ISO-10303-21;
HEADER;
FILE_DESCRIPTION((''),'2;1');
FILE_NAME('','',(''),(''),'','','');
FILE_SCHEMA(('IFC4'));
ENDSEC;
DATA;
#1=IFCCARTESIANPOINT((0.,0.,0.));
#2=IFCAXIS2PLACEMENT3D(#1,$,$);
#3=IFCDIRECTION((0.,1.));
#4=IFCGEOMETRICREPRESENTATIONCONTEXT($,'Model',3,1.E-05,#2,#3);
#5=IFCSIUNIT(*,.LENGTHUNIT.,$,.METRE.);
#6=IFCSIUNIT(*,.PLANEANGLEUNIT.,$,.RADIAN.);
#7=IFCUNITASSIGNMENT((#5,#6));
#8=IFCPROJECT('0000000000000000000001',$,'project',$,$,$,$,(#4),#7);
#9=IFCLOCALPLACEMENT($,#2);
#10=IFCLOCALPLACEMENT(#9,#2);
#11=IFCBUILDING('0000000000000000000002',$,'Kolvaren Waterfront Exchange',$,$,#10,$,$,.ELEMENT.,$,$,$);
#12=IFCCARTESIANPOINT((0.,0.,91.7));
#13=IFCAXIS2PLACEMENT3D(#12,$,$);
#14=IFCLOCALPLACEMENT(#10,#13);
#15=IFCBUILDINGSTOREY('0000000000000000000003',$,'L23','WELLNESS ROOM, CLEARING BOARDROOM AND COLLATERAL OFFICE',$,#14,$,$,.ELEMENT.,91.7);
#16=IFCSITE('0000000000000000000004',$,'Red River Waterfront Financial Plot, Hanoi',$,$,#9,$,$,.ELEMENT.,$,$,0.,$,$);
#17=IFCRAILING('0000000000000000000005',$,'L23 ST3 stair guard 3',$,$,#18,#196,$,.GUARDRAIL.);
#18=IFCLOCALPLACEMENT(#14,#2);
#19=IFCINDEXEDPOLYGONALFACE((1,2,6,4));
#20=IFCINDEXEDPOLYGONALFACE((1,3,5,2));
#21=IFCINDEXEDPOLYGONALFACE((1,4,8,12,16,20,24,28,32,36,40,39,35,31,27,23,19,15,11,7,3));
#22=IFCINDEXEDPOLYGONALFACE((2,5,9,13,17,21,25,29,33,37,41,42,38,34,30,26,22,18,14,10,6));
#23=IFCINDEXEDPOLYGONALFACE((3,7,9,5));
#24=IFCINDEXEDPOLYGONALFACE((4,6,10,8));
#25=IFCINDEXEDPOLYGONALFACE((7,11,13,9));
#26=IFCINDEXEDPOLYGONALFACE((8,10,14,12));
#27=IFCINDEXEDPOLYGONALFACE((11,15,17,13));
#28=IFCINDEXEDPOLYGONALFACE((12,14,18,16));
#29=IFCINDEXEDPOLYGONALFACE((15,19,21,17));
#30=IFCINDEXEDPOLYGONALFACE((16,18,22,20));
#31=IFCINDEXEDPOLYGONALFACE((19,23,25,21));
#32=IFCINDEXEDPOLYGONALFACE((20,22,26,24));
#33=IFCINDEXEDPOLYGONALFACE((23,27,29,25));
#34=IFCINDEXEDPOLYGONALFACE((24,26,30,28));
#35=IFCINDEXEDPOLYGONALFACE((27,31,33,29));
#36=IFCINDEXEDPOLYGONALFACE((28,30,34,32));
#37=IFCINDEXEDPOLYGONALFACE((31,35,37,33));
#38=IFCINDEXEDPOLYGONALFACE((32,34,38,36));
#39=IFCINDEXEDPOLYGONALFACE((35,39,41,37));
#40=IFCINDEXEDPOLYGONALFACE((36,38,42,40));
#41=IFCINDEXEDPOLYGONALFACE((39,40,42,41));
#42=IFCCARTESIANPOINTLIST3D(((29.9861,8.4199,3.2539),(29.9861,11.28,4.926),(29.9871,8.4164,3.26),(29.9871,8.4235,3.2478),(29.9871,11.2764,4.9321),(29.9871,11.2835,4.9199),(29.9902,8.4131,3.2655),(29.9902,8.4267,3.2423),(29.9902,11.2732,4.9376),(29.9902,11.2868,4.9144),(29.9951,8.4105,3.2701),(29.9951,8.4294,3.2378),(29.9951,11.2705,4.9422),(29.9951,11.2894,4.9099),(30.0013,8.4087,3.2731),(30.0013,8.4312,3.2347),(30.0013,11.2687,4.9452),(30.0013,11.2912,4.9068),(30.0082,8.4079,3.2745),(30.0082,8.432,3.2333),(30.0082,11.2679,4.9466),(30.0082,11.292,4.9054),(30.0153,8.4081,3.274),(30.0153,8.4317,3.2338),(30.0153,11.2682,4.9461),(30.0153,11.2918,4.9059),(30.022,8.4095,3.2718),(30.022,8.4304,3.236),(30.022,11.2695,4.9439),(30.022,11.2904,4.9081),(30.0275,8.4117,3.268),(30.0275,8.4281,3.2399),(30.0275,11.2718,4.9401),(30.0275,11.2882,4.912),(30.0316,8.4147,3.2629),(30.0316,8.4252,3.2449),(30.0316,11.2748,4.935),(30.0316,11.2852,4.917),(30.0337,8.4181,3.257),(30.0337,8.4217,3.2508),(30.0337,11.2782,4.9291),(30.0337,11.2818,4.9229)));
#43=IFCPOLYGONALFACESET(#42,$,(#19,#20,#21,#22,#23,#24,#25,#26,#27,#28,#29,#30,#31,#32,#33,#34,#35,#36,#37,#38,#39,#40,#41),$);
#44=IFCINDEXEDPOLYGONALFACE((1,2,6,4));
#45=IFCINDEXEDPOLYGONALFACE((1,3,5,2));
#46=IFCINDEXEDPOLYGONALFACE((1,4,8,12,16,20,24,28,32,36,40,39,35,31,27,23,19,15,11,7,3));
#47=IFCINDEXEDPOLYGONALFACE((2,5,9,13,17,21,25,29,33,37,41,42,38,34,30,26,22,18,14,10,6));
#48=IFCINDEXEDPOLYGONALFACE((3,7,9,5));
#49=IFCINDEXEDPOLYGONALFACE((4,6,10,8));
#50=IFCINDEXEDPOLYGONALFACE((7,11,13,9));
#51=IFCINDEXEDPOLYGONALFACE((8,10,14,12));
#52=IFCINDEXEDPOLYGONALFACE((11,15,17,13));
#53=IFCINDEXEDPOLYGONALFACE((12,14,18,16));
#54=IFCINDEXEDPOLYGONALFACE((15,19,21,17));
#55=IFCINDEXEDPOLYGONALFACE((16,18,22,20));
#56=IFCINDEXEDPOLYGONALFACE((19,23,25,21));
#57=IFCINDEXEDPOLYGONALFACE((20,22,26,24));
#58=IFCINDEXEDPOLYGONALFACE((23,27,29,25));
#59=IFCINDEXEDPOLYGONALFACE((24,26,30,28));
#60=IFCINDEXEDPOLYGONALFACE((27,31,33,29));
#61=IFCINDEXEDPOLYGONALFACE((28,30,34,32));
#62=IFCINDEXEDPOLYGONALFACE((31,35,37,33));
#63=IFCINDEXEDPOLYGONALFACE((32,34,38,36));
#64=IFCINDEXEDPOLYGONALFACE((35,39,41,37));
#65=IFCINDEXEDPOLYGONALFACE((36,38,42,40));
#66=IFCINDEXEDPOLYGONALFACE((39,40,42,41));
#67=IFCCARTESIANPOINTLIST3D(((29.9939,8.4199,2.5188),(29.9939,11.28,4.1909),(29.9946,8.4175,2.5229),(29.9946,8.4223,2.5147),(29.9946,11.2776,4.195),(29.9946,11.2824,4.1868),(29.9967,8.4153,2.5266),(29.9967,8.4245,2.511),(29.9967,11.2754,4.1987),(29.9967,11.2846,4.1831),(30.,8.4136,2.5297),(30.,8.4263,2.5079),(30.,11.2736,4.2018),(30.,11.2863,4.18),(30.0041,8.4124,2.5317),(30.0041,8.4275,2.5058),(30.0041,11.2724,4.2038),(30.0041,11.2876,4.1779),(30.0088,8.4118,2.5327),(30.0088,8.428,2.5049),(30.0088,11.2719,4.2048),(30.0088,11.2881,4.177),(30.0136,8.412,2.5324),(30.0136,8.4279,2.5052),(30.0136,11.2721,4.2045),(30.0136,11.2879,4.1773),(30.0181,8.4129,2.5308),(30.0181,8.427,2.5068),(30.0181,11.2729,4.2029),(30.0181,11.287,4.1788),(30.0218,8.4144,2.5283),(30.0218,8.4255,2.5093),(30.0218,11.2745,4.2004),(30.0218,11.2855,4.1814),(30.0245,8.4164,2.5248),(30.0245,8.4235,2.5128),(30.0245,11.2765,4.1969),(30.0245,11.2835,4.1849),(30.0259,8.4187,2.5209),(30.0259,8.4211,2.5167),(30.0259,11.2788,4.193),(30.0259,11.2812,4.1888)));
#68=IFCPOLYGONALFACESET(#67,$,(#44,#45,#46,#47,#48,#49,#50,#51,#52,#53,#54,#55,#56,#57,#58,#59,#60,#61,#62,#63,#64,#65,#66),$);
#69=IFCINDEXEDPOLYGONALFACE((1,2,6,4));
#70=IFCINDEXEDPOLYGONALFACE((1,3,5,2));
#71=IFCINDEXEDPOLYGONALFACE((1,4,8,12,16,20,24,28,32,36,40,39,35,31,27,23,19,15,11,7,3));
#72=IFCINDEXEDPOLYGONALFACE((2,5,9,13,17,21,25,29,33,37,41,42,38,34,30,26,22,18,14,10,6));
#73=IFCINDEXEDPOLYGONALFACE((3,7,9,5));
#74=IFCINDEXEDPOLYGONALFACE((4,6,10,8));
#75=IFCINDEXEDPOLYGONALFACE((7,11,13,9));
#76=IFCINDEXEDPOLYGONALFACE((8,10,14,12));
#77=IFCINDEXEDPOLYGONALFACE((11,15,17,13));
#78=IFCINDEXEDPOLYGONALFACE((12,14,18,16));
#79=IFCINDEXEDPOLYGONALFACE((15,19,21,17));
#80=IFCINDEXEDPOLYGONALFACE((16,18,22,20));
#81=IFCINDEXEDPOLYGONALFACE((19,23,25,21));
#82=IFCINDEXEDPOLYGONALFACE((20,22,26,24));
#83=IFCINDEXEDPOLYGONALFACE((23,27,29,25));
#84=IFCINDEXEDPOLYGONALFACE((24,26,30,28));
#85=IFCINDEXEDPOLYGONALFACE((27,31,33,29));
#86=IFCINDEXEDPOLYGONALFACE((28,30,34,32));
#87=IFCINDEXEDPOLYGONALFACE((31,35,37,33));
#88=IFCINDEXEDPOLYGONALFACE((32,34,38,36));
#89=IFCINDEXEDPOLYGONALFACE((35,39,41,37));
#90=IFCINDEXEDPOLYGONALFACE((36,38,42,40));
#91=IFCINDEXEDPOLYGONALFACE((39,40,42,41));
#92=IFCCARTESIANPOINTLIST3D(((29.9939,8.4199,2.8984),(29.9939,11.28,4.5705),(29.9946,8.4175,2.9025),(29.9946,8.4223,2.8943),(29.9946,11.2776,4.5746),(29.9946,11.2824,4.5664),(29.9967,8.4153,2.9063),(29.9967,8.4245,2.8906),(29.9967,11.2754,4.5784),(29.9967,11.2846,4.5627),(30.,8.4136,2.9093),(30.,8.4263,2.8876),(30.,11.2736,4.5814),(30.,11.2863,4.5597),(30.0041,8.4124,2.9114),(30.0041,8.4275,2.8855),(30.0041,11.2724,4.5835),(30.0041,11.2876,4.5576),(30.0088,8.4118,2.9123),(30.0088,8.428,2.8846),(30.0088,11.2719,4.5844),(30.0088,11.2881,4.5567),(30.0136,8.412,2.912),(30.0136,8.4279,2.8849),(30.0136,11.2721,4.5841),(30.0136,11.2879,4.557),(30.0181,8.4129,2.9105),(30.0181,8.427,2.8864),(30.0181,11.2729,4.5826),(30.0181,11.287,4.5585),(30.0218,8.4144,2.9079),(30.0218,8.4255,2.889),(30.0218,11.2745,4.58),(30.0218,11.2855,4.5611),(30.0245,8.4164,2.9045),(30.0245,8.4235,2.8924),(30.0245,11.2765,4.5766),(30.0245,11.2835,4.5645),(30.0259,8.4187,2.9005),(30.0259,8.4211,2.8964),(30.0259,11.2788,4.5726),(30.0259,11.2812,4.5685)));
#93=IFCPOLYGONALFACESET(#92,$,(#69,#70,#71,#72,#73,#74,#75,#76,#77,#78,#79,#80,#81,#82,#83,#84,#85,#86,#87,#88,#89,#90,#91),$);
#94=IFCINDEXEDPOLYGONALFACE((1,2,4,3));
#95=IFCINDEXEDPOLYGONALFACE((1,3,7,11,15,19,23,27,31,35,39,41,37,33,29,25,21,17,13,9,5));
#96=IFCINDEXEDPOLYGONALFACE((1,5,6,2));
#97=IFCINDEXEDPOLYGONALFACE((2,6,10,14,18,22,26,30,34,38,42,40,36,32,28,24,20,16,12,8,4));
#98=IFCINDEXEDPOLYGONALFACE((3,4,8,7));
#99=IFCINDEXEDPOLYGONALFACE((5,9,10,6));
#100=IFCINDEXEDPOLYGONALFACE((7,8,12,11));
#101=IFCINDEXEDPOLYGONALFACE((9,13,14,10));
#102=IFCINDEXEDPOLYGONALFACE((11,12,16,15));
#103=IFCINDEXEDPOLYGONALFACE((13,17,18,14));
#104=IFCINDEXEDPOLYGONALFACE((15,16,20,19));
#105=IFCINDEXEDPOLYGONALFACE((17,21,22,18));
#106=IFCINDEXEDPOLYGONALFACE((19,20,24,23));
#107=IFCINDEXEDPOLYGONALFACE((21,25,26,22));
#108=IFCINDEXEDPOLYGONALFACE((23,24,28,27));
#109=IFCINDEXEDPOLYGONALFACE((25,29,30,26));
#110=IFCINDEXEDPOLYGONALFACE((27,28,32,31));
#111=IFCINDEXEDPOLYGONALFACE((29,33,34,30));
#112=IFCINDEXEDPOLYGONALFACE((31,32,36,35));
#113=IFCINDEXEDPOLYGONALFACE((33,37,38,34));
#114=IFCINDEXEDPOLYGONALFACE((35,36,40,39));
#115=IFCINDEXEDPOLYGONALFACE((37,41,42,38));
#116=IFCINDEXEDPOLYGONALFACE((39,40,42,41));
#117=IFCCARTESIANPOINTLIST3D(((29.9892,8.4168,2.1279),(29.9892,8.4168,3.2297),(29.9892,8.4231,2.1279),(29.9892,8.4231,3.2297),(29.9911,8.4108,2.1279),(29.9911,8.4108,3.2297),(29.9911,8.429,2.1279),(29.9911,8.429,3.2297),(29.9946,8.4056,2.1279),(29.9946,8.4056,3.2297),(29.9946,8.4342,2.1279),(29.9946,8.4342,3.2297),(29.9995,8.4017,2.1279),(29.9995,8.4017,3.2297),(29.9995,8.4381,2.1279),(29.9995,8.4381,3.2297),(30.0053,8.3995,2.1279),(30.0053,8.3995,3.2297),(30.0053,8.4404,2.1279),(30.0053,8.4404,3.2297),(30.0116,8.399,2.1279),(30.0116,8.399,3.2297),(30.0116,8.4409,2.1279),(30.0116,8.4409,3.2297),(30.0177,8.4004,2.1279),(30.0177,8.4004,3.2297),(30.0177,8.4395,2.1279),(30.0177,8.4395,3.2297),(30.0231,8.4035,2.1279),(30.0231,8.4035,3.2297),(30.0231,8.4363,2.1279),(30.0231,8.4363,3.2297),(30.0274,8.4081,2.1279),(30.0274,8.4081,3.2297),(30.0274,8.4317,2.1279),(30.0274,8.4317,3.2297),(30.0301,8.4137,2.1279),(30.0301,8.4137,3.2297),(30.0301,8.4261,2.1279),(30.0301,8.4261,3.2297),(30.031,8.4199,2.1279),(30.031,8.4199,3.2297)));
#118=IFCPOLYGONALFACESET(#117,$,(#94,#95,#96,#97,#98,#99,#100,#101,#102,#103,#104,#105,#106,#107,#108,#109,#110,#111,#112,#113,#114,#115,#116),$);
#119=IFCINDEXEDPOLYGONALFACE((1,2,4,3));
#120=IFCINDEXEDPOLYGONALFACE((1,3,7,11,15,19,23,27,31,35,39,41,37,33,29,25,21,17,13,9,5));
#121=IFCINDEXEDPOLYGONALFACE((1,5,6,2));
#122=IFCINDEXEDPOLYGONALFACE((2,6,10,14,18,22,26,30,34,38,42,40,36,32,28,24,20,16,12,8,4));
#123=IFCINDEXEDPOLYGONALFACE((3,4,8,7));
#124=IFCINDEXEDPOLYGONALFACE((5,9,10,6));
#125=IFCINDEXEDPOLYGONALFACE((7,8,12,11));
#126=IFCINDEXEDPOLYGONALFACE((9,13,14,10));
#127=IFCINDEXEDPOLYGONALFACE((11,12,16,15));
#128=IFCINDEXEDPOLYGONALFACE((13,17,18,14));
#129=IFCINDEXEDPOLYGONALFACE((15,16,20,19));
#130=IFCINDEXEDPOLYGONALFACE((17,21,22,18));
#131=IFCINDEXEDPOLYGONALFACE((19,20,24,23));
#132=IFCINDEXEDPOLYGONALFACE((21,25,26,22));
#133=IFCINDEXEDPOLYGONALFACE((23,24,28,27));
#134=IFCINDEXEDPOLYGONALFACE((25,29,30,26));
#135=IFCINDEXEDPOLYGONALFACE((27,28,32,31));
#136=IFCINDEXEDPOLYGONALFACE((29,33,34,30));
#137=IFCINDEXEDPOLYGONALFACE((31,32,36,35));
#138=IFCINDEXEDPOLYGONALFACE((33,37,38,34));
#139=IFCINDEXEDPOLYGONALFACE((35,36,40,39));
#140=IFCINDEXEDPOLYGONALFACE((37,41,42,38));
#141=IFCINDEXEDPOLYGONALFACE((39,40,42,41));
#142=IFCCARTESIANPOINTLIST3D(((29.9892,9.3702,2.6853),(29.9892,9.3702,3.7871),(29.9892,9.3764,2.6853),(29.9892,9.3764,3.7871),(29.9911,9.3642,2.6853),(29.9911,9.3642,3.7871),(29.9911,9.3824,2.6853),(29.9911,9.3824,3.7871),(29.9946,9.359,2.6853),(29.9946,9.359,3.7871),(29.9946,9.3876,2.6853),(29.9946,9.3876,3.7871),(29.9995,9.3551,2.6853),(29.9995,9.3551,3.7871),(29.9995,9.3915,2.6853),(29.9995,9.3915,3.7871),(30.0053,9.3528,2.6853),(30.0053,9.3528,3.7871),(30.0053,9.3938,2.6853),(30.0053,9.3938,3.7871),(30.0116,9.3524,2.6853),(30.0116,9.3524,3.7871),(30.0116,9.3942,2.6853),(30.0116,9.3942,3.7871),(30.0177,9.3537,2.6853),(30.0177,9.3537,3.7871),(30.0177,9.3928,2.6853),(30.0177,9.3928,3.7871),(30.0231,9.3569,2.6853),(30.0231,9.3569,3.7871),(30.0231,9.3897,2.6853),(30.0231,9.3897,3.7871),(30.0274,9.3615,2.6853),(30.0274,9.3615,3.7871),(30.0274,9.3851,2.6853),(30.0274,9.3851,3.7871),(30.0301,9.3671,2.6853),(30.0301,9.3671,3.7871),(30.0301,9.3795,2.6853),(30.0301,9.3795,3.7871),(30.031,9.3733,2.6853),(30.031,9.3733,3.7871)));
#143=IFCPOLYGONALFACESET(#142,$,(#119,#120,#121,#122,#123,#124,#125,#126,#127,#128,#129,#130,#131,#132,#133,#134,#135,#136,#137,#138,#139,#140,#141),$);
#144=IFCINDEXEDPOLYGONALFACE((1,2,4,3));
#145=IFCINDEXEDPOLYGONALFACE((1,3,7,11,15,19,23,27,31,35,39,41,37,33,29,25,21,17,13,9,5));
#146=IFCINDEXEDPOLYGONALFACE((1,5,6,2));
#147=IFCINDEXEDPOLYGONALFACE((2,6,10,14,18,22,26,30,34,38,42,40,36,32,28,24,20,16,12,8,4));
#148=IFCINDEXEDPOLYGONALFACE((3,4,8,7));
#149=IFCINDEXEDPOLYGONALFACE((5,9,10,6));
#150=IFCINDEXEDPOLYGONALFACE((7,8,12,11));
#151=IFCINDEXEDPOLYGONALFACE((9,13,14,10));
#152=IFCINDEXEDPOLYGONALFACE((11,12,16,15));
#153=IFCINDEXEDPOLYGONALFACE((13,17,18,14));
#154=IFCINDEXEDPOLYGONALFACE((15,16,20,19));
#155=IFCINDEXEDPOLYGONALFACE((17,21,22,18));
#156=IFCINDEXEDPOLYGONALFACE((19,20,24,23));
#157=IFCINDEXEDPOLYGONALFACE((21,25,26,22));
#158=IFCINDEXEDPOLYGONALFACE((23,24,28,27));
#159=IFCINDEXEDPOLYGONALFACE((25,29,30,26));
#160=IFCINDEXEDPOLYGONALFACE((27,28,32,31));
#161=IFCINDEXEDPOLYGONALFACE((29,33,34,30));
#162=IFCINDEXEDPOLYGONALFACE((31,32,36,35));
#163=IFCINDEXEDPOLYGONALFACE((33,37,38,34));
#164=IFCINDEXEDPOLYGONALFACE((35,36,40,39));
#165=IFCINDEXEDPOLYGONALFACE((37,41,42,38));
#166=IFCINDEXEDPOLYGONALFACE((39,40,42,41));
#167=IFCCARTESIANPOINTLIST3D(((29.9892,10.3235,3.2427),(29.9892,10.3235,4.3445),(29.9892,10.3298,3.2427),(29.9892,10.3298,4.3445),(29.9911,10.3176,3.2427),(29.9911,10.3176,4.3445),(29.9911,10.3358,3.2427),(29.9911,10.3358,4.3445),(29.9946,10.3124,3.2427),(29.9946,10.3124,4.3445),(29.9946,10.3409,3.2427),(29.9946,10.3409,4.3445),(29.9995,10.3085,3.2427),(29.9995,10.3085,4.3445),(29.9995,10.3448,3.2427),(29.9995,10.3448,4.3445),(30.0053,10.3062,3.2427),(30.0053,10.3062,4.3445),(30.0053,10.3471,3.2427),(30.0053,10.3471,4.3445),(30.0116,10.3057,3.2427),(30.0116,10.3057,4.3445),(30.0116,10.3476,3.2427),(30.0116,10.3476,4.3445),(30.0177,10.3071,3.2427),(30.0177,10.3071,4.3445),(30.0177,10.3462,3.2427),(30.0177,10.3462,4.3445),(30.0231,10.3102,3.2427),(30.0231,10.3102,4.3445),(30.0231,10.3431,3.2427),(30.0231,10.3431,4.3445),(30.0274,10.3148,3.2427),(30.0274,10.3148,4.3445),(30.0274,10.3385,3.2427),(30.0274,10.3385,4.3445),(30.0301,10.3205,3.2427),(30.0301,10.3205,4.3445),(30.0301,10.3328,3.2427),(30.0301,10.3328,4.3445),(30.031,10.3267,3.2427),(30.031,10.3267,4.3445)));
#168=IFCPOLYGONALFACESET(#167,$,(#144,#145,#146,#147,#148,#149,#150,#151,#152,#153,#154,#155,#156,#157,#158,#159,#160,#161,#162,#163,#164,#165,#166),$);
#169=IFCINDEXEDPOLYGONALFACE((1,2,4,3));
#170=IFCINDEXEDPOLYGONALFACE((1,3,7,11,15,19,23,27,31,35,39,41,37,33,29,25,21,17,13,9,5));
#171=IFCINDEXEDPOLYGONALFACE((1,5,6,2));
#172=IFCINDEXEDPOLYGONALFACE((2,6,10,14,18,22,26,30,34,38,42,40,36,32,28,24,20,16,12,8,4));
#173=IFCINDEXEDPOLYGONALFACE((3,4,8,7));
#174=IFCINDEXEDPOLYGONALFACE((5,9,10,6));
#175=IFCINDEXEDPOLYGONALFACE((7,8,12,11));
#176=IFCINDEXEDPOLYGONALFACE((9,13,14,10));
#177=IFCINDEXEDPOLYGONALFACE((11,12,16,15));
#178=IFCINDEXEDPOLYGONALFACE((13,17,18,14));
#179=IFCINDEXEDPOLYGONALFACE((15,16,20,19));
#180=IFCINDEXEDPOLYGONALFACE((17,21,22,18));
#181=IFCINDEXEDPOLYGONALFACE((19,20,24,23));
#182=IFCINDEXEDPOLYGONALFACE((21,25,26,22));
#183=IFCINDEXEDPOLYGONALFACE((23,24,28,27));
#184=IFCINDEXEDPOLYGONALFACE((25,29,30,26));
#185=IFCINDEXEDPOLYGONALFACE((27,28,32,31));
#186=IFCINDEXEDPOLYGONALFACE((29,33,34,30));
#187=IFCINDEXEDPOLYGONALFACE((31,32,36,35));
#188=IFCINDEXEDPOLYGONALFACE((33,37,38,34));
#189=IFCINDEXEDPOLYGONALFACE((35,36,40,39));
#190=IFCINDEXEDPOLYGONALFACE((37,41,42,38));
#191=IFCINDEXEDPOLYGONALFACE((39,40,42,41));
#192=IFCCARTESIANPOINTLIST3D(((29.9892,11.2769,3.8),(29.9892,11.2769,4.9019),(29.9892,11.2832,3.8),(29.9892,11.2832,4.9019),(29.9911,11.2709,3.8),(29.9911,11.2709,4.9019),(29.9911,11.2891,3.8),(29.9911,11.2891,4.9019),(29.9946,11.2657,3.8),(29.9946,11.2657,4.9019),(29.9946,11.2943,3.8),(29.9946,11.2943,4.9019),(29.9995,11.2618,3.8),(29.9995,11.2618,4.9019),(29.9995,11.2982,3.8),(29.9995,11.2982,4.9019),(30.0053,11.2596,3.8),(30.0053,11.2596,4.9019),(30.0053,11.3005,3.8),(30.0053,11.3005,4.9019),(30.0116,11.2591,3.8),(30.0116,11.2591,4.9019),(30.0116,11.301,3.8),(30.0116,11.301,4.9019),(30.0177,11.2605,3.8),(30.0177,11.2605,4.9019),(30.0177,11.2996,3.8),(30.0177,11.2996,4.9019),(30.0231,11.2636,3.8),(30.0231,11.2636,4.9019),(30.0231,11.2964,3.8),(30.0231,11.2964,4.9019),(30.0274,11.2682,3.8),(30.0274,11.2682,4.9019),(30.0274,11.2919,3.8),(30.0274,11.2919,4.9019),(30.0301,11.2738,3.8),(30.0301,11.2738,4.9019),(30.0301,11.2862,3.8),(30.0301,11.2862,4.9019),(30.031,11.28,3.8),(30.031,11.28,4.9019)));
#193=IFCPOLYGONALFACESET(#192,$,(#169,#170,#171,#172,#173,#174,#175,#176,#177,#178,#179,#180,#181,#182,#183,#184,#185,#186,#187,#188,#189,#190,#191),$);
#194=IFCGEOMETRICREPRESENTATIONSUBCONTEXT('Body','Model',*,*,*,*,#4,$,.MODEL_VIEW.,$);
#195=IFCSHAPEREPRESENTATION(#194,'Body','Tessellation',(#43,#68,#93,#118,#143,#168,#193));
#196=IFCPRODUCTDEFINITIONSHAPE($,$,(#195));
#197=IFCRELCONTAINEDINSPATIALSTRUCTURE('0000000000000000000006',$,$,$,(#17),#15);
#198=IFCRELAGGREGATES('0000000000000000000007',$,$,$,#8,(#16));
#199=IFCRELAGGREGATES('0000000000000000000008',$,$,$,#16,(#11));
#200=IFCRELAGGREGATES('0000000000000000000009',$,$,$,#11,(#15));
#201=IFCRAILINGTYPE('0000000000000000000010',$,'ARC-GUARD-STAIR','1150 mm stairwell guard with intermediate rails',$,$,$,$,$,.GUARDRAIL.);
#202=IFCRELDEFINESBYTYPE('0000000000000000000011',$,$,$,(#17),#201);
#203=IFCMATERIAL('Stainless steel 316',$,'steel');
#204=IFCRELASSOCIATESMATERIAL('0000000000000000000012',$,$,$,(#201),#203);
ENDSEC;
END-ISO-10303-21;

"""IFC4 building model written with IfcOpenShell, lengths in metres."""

from ifc_helpers import new_model, si_unit, direction, frame, origin, origin_2d, place, context, subcontext, project, spatial, circle, extrude, material, type_object, element, save


model = new_model("IFC4")

# Units and contexts
model_context = context("Model", 3, precision=1e-05, world=origin(), true_north=direction((0.0, 1.0)))
body_context = subcontext(model_context, "Body", "Model", "MODEL_VIEW")
ifc_project = project(units=[si_unit("LENGTHUNIT", "METRE"), si_unit("PLANEANGLEUNIT", "RADIAN")], contexts=[model_context])

# Site, building, storey
site_placement = place(None, origin())
site = spatial("IfcSite", under=ifc_project, at=site_placement, Name="Red River Waterfront Financial Plot, Hanoi", CompositionType="ELEMENT", RefElevation=0.0)
building_placement = place(site_placement, origin())
building = spatial("IfcBuilding", under=site, at=building_placement, Name="Kolvaren Waterfront Exchange", CompositionType="ELEMENT")
storey_placement = place(building_placement, frame((0.0, 0.0, 91.7)))
storey = spatial("IfcBuildingStorey", under=building, at=storey_placement, Name="L23", Description="WELLNESS ROOM, CLEARING BOARDROOM AND COLLATERAL OFFICE", CompositionType="ELEMENT", Elevation=91.7)

# Railing
ifc_material_1 = material(Name="Stainless steel 316", Category="steel")
railing_type_1 = type_object("IfcRailingType", Name="ARC-GUARD-STAIR", Description="1150 mm stairwell guard with intermediate rails", PredefinedType="GUARDRAIL", material=ifc_material_1)
railing_1_placement = place(storey_placement, frame((30.01, 8.4199, 2.1279)))
element("IfcRailing", 1, at=railing_1_placement, inside=storey, type_object=railing_type_1, Name="L23 ST3 stair guard 3", PredefinedType="GUARDRAIL", context=body_context, shape_type="SweptSolid", body=[
    extrude(circle(Radius=0.0239, at=origin_2d()), frame((0.0, 0.0, 1.126), z_axis=(0.0, 0.863289, 0.504709), x_axis=(-1.0, 0.0, 0.0)), (0.0, 0.0, 1.0), 3.313),
    extrude(circle(Radius=0.0161, at=origin_2d()), frame((0.0, 0.0, 0.3909), z_axis=(0.0, 0.863289, 0.504709), x_axis=(-1.0, 0.0, 0.0)), (0.0, 0.0, 1.0), 3.313),
    extrude(circle(Radius=0.0161, at=origin_2d()), frame((0.0, 0.0, 0.7705), z_axis=(0.0, 0.863289, 0.504709), x_axis=(-1.0, 0.0, 0.0)), (0.0, 0.0, 1.0), 3.313),
    extrude(circle(Radius=0.021, at=origin_2d()), origin(), (0.0, 0.0, 1.0), 1.1018),
    extrude(circle(Radius=0.021, at=origin_2d()), frame((0.0, 0.9534, 0.5574)), (0.0, 0.0, 1.0), 1.1018),
    extrude(circle(Radius=0.021, at=origin_2d()), frame((0.0, 1.9067, 1.1147)), (0.0, 0.0, 1.0), 1.1018),
    extrude(circle(Radius=0.021, at=origin_2d()), frame((0.0, 2.8601, 1.6721)), (0.0, 0.0, 1.0), 1.1018),
])

save(model, "model.ifc")
